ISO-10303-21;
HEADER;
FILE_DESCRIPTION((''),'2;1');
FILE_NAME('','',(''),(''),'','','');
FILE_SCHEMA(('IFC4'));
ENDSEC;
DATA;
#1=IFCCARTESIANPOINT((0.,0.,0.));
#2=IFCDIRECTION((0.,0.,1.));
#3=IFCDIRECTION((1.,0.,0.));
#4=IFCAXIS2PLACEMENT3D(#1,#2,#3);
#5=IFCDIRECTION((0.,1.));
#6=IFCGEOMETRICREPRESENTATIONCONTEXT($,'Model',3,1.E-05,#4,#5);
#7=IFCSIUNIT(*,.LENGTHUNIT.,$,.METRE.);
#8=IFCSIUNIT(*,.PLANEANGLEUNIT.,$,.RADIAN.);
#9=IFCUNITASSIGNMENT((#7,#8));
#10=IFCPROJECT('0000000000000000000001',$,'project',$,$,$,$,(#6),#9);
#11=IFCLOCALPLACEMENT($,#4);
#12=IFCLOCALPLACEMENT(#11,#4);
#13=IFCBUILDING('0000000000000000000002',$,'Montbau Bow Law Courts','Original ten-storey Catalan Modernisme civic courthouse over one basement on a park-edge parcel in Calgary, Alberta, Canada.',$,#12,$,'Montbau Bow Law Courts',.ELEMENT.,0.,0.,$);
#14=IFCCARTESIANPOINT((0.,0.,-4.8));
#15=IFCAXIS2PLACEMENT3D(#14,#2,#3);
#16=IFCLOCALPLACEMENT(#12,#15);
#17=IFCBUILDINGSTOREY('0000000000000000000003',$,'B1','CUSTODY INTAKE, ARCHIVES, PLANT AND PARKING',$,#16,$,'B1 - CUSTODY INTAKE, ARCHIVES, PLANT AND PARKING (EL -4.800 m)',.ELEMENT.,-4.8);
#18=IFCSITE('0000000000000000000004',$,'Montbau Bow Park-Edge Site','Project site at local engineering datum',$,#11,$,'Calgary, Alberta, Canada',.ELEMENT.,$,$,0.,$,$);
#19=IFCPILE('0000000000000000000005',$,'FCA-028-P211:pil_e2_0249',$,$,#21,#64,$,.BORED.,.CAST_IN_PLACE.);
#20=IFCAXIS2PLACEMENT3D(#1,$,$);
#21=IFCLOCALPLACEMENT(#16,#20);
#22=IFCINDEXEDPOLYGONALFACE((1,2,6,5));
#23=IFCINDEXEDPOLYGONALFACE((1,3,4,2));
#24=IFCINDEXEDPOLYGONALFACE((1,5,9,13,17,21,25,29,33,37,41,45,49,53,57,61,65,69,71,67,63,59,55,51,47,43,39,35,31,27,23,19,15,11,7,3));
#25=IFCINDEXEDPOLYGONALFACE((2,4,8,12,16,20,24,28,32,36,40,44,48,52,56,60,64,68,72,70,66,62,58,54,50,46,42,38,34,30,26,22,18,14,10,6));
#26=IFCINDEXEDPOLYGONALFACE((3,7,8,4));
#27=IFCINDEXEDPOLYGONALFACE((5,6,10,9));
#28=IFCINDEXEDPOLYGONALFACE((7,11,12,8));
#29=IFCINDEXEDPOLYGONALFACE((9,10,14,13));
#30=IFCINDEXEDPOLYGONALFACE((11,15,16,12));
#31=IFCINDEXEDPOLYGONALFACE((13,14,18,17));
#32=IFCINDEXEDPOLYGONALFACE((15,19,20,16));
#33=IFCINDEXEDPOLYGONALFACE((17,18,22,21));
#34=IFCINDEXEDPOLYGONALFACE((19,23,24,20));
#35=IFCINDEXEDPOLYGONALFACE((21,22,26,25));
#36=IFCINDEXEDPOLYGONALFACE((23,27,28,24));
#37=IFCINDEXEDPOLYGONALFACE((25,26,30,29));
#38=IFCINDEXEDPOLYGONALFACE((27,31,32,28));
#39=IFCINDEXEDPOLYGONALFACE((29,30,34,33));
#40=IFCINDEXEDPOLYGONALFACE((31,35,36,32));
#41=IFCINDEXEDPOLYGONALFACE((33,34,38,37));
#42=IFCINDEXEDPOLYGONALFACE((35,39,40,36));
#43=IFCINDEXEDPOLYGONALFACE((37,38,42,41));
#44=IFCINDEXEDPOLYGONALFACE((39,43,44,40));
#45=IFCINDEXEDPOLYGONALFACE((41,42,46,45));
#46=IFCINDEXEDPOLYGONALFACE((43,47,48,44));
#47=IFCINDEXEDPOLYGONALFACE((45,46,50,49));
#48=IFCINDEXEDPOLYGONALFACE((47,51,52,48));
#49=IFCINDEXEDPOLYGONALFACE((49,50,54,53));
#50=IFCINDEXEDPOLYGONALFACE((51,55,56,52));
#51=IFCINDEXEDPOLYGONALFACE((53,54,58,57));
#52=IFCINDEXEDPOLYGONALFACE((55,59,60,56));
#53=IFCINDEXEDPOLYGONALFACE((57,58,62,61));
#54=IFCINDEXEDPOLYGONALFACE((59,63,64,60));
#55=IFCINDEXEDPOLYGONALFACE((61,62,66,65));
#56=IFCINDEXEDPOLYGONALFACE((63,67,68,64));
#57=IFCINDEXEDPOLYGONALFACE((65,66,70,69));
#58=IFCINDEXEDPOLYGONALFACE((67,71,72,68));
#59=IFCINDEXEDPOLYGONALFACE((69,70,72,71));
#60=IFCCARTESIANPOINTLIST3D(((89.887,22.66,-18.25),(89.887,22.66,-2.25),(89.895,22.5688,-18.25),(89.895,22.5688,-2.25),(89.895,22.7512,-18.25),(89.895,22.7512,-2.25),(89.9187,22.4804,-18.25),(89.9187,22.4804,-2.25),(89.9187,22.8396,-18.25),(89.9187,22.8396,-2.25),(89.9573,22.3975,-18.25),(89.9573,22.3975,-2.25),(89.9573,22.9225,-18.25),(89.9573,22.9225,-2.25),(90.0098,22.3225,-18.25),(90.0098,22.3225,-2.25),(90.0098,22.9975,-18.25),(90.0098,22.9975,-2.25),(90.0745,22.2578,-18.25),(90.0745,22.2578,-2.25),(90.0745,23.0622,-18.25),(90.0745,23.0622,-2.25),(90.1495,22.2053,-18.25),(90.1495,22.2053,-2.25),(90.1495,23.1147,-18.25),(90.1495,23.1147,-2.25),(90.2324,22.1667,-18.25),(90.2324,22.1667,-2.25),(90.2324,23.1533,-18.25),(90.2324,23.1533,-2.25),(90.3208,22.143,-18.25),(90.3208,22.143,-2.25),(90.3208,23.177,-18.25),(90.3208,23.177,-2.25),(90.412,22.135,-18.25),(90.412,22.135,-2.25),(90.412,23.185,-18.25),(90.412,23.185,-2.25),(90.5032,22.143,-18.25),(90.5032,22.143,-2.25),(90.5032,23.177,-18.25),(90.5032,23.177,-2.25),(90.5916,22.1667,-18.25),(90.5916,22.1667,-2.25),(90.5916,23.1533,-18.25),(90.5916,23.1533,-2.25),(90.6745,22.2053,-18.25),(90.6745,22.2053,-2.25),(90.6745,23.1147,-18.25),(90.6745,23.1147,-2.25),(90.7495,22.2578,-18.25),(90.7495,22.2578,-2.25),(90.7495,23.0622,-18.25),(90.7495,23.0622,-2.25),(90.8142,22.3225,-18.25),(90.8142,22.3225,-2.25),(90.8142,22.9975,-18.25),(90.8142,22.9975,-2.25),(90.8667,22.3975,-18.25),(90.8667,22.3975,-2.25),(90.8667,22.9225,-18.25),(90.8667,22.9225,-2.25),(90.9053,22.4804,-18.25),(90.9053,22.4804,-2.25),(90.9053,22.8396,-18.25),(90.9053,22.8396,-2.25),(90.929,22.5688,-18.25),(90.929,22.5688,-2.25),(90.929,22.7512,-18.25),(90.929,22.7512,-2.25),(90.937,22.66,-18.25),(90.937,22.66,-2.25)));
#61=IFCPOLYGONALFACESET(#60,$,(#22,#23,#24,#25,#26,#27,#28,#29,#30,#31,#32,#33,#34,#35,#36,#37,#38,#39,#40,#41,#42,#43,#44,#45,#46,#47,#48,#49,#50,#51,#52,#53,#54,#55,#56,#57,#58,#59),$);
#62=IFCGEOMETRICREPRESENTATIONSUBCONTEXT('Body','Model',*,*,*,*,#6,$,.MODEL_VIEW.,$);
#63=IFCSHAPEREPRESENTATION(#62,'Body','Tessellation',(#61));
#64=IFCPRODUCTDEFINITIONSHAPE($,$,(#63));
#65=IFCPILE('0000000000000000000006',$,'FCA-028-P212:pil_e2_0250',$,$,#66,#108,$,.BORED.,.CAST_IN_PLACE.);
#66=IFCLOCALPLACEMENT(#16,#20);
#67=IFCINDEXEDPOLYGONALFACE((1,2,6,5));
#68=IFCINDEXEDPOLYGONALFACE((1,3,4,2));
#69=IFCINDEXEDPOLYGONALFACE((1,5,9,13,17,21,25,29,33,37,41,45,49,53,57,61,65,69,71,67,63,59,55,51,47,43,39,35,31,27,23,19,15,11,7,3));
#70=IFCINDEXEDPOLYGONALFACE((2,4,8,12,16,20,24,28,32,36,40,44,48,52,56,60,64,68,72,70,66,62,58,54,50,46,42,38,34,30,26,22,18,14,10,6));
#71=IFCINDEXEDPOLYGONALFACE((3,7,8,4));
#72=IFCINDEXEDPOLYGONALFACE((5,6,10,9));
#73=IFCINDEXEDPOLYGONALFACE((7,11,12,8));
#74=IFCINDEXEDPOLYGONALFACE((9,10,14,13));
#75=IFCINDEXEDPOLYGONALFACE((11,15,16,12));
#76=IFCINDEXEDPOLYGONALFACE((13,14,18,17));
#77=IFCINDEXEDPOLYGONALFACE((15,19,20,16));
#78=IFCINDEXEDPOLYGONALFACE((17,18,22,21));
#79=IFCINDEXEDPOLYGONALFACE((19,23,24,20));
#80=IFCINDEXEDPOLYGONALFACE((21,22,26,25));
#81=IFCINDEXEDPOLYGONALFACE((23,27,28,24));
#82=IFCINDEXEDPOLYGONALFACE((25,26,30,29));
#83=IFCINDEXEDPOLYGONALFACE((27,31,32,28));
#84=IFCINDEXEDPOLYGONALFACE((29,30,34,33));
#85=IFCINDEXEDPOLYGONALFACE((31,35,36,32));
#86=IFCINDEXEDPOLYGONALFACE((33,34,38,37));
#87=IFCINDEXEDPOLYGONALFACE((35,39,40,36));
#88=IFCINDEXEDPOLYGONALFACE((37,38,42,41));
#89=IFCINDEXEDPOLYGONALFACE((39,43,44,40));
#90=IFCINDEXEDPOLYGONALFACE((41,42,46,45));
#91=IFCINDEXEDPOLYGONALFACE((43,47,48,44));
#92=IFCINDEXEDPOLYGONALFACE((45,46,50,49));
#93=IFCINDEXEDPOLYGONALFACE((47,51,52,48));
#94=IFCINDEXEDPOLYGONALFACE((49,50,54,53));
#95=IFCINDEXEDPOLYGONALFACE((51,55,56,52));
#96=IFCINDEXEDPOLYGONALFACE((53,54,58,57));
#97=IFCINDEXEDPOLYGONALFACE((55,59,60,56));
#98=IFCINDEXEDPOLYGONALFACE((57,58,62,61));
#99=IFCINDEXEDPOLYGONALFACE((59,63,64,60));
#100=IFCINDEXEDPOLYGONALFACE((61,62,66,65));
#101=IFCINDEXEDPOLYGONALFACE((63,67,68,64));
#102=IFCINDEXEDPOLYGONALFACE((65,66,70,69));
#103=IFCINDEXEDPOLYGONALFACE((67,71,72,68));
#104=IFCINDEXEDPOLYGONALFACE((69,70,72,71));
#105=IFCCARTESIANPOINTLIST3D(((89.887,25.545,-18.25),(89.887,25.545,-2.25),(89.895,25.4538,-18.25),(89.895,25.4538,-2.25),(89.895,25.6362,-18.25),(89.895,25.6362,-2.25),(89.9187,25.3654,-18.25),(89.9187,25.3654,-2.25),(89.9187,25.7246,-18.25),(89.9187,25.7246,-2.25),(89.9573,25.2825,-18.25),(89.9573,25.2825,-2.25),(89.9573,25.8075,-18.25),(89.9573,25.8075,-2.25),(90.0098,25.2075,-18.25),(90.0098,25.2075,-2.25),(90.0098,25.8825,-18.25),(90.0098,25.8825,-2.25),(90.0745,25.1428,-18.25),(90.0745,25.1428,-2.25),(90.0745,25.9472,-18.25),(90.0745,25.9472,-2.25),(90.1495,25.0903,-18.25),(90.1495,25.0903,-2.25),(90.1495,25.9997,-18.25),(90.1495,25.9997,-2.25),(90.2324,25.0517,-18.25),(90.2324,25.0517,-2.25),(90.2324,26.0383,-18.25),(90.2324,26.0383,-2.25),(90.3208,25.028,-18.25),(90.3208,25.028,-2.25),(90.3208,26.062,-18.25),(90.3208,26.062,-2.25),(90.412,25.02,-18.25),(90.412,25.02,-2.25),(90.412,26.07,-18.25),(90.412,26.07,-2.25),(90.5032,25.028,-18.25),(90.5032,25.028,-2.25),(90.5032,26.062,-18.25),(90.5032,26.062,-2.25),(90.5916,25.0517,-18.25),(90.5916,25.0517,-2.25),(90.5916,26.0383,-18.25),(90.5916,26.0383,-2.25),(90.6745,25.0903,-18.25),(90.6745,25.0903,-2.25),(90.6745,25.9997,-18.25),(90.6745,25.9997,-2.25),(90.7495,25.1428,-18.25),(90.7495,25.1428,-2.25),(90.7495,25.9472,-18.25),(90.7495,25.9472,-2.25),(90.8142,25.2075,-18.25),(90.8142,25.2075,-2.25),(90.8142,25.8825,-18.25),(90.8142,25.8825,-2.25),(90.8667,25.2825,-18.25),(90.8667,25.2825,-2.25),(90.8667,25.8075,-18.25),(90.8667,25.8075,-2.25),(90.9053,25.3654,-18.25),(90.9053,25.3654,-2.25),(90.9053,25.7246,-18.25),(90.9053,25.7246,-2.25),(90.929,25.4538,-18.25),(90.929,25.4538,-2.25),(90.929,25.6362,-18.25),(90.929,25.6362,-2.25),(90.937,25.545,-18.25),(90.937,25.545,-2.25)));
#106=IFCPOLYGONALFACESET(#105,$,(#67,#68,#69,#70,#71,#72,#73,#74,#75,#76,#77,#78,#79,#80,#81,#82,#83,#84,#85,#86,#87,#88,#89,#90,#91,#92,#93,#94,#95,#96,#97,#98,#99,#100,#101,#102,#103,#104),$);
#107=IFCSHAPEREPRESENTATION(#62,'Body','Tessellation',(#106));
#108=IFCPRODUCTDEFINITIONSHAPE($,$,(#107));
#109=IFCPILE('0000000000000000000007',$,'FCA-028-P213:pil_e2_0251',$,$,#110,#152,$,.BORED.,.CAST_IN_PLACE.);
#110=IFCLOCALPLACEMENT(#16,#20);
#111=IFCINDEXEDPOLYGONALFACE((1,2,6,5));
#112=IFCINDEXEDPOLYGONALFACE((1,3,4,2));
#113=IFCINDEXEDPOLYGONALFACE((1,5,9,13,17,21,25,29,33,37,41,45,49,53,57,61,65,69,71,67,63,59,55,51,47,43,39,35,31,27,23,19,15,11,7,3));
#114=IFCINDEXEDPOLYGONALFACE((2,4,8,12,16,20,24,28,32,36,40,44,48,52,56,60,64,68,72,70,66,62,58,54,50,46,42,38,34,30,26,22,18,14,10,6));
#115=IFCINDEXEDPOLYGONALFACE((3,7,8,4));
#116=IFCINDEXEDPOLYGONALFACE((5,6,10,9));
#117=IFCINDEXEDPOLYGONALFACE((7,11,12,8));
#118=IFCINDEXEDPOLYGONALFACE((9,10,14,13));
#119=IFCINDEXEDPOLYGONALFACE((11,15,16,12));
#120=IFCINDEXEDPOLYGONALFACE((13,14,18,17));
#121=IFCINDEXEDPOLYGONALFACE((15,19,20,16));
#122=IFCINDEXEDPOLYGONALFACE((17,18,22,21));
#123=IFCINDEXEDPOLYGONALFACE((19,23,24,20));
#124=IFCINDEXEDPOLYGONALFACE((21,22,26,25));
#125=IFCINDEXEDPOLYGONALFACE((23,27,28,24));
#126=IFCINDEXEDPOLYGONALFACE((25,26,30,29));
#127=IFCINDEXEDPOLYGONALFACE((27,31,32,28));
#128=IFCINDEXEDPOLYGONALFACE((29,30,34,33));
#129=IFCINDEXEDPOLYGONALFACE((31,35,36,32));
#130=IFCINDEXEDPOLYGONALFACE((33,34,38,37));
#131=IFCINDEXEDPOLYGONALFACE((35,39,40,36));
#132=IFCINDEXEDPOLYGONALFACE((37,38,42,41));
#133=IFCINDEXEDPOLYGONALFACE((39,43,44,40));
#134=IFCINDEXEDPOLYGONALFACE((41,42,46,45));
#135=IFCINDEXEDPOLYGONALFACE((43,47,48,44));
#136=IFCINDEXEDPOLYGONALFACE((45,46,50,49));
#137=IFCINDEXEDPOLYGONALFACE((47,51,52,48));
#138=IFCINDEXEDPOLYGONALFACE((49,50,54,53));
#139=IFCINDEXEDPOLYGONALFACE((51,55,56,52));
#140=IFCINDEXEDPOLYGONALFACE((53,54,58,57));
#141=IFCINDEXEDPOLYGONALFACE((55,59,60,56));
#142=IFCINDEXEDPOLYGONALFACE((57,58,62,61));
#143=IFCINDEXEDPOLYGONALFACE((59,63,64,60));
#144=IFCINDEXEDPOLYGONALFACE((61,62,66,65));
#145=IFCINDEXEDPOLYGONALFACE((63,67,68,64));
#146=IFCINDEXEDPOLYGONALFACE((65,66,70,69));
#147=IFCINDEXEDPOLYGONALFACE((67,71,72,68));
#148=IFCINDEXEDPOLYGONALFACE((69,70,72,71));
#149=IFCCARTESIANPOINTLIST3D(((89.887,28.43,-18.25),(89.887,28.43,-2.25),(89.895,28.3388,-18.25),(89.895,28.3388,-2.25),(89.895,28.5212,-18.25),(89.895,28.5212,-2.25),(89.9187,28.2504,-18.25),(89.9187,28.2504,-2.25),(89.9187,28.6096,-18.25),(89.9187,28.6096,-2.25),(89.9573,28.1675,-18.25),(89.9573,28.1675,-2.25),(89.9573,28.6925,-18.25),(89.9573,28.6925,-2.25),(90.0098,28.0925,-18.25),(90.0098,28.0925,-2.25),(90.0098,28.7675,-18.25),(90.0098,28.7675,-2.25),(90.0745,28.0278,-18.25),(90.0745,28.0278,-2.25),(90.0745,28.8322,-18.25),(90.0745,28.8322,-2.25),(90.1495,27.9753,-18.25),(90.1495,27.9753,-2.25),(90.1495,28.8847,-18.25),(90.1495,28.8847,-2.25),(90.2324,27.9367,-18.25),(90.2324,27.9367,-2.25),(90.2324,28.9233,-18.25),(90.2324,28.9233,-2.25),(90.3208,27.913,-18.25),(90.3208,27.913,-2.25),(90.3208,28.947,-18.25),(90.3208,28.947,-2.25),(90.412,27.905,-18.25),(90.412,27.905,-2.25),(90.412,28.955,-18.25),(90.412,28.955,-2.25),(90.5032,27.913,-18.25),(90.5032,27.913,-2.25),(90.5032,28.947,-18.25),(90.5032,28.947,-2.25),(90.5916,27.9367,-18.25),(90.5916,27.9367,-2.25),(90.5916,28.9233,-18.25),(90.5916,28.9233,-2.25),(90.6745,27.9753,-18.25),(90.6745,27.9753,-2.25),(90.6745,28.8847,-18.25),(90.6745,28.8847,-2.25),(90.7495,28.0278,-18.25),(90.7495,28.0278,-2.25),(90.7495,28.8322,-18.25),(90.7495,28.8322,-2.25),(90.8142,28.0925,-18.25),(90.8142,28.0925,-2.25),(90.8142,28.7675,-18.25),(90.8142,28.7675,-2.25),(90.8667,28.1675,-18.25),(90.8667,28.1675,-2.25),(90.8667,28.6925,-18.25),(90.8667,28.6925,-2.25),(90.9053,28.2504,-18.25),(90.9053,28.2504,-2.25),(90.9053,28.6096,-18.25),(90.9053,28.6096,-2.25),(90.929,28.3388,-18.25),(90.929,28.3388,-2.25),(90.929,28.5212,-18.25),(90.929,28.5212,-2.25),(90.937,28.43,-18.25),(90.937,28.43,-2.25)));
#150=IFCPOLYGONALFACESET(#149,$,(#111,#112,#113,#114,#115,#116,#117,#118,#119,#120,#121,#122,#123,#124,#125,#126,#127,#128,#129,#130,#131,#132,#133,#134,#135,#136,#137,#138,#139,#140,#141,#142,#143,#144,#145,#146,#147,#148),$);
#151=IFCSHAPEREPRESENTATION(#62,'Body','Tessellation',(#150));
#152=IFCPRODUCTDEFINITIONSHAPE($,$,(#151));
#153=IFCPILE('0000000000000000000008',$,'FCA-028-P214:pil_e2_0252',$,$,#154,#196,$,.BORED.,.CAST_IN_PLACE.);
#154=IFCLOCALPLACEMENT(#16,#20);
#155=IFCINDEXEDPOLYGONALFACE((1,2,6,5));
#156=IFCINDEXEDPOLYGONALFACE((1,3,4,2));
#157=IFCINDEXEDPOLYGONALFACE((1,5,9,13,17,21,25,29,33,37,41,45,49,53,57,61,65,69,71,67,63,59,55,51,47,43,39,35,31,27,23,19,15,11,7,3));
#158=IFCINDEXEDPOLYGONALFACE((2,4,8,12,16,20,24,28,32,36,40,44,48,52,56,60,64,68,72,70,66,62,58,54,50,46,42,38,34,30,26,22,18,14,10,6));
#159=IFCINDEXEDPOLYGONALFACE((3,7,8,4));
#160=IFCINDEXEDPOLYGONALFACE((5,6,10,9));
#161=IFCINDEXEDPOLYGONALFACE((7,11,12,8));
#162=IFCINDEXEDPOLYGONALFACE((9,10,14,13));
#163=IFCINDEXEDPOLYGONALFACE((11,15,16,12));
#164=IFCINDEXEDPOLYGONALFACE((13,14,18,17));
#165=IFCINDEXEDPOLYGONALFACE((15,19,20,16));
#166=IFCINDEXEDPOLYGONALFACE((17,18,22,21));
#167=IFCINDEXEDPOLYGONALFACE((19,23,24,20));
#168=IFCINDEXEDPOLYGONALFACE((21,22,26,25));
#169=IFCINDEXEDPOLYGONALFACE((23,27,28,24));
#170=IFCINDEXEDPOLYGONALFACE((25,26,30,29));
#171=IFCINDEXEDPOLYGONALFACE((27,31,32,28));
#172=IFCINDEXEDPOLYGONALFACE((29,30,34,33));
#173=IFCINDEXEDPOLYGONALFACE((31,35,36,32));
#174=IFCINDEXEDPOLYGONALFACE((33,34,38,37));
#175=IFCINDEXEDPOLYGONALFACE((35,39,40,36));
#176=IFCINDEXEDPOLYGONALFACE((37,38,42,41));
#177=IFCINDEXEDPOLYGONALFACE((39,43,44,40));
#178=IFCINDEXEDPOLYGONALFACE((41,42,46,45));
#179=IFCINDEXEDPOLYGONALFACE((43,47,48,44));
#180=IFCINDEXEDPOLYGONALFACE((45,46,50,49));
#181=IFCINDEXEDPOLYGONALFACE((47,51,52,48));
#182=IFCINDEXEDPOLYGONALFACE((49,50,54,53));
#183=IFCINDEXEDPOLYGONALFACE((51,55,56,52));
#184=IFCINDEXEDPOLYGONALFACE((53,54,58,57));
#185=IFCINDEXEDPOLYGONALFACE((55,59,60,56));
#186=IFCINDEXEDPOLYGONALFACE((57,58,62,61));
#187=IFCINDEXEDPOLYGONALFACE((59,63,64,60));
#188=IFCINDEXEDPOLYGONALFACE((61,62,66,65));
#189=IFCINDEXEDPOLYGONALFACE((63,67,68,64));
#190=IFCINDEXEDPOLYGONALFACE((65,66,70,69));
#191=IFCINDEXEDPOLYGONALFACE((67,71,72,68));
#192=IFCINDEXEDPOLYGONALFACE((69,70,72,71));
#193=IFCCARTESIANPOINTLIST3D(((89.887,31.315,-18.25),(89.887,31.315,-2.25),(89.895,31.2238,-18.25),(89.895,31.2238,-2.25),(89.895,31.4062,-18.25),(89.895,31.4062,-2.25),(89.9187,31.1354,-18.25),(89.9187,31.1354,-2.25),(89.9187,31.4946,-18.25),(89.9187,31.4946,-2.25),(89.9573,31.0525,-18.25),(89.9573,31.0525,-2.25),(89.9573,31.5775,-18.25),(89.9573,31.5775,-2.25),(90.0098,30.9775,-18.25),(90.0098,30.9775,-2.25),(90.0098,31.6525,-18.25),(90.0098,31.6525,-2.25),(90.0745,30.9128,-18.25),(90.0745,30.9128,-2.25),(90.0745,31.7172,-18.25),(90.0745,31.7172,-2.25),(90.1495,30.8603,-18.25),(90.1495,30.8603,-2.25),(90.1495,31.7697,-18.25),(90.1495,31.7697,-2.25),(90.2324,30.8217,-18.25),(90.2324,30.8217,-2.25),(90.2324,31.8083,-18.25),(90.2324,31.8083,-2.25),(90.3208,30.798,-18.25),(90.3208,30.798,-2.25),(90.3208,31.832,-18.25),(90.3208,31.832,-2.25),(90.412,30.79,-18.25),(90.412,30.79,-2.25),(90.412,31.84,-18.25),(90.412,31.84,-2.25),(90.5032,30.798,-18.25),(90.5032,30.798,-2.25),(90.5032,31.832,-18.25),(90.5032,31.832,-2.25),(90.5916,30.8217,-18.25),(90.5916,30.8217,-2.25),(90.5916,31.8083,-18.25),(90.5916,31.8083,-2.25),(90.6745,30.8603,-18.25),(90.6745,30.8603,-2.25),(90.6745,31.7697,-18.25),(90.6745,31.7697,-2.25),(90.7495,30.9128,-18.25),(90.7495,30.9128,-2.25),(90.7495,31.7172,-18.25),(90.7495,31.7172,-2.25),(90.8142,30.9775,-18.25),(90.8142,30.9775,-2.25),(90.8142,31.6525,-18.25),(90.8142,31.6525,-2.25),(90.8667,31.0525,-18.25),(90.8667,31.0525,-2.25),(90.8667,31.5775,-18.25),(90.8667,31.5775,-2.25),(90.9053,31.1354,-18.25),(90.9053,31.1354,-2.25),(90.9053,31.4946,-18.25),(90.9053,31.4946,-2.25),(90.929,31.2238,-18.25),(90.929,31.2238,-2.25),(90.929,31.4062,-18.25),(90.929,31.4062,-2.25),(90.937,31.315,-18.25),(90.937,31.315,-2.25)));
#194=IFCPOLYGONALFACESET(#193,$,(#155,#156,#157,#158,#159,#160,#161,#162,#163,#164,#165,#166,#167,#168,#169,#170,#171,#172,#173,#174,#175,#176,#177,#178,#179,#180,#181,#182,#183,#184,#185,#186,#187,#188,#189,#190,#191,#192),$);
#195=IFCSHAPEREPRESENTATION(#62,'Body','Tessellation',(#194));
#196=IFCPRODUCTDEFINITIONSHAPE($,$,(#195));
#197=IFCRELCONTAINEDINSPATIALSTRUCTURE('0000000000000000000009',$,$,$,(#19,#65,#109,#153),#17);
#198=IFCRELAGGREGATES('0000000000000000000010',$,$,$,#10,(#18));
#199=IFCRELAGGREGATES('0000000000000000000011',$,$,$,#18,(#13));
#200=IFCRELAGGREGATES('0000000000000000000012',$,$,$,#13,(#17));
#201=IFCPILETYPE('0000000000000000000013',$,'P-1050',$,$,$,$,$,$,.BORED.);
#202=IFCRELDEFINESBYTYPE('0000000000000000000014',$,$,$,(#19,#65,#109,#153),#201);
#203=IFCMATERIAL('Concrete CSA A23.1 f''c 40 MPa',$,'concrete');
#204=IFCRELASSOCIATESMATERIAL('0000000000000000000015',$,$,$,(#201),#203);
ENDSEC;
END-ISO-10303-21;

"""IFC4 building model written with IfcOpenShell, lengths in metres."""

from ifc_helpers import new_model, si_unit, direction, frame, origin_with_axes, origin_2d_with_axis, place, context, subcontext, project, spatial, circle, extrude, material, material_profile, profile_set, type_object, element, save


model = new_model("IFC4")

# Units and contexts
model_context = context("Model", 3, precision=1e-05, world=origin_with_axes(), true_north=direction((0.0, 1.0)))
body_context = subcontext(model_context, "Body", "Model", "MODEL_VIEW")
ifc_project = project(units=[si_unit("LENGTHUNIT", "METRE"), si_unit("PLANEANGLEUNIT", "RADIAN")], contexts=[model_context])

# Site, building, storey
site_placement = place(None, origin_with_axes())
site = spatial("IfcSite", under=ifc_project, at=site_placement, Name="Montbau Bow Park-Edge Site", Description="Project site at local engineering datum", LongName="Calgary, Alberta, Canada", CompositionType="ELEMENT", RefElevation=0.0)
building_placement = place(site_placement, origin_with_axes())
building = spatial("IfcBuilding", under=site, at=building_placement, Name="Montbau Bow Law Courts", Description="Original ten-storey Catalan Modernisme civic courthouse over one basement on a park-edge parcel in Calgary, Alberta, Canada.", LongName="Montbau Bow Law Courts", CompositionType="ELEMENT", ElevationOfRefHeight=0.0, ElevationOfTerrain=0.0)
storey_placement = place(building_placement, frame((0.0, 0.0, -4.8), z_axis=(0.0, 0.0, 1.0), x_axis=(1.0, 0.0, 0.0)))
storey = spatial("IfcBuildingStorey", under=building, at=storey_placement, Name="B1", Description="CUSTODY INTAKE, ARCHIVES, PLANT AND PARKING", LongName="B1 - CUSTODY INTAKE, ARCHIVES, PLANT AND PARKING (EL -4.800 m)", CompositionType="ELEMENT", Elevation=-4.8)

# Piles
ifc_material_1 = material(Name="Concrete CSA A23.1 f'c 40 MPa", Category="concrete")
ifc_material_profile_1 = material_profile(ifc_material_1, circle(Radius=0.525, at=origin_2d_with_axis()), Name="BP1050", Category="Main", Priority=0)
ifc_profile_set_1 = profile_set([ifc_material_profile_1], Name="Concrete CSA A23.1 f'c 40 MPa")
pile_type = type_object("IfcPileType", Name="P-1050", PredefinedType="BORED", material=ifc_profile_set_1)
for number, where, z_axis, x_axis, name in (
    (1, (90.412, 22.66, -23.05), (0.0, 0.0, 1.0), (1.0, 0.0, 0.0), "FCA-028-P211:pil_e2_0249"),
    (2, (90.412, 25.545, -23.05), (0.0, 0.0, 1.0), (1.0, 0.0, 0.0), "FCA-028-P212:pil_e2_0250"),
    (3, (90.412, 28.43, -23.05), (0.0, 0.0, 1.0), (1.0, 0.0, 0.0), "FCA-028-P213:pil_e2_0251"),
    (4, (90.412, 31.315, -23.05), (0.0, 0.0, 1.0), (1.0, 0.0, 0.0), "FCA-028-P214:pil_e2_0252"),
):
    element("IfcPile", number, at=place(None, frame(where, z_axis=z_axis, x_axis=x_axis)), inside=storey, type_object=pile_type, Name=name, ConstructionType="CAST_IN_PLACE", PredefinedType="BORED", context=body_context, shape_type="SweptSolid", body=[
        extrude(circle(Radius=0.525, at=origin_2d_with_axis()), origin_with_axes(), (0.0, 0.0, 1.0), 16.0),
    ])

save(model, "model.ifc")
